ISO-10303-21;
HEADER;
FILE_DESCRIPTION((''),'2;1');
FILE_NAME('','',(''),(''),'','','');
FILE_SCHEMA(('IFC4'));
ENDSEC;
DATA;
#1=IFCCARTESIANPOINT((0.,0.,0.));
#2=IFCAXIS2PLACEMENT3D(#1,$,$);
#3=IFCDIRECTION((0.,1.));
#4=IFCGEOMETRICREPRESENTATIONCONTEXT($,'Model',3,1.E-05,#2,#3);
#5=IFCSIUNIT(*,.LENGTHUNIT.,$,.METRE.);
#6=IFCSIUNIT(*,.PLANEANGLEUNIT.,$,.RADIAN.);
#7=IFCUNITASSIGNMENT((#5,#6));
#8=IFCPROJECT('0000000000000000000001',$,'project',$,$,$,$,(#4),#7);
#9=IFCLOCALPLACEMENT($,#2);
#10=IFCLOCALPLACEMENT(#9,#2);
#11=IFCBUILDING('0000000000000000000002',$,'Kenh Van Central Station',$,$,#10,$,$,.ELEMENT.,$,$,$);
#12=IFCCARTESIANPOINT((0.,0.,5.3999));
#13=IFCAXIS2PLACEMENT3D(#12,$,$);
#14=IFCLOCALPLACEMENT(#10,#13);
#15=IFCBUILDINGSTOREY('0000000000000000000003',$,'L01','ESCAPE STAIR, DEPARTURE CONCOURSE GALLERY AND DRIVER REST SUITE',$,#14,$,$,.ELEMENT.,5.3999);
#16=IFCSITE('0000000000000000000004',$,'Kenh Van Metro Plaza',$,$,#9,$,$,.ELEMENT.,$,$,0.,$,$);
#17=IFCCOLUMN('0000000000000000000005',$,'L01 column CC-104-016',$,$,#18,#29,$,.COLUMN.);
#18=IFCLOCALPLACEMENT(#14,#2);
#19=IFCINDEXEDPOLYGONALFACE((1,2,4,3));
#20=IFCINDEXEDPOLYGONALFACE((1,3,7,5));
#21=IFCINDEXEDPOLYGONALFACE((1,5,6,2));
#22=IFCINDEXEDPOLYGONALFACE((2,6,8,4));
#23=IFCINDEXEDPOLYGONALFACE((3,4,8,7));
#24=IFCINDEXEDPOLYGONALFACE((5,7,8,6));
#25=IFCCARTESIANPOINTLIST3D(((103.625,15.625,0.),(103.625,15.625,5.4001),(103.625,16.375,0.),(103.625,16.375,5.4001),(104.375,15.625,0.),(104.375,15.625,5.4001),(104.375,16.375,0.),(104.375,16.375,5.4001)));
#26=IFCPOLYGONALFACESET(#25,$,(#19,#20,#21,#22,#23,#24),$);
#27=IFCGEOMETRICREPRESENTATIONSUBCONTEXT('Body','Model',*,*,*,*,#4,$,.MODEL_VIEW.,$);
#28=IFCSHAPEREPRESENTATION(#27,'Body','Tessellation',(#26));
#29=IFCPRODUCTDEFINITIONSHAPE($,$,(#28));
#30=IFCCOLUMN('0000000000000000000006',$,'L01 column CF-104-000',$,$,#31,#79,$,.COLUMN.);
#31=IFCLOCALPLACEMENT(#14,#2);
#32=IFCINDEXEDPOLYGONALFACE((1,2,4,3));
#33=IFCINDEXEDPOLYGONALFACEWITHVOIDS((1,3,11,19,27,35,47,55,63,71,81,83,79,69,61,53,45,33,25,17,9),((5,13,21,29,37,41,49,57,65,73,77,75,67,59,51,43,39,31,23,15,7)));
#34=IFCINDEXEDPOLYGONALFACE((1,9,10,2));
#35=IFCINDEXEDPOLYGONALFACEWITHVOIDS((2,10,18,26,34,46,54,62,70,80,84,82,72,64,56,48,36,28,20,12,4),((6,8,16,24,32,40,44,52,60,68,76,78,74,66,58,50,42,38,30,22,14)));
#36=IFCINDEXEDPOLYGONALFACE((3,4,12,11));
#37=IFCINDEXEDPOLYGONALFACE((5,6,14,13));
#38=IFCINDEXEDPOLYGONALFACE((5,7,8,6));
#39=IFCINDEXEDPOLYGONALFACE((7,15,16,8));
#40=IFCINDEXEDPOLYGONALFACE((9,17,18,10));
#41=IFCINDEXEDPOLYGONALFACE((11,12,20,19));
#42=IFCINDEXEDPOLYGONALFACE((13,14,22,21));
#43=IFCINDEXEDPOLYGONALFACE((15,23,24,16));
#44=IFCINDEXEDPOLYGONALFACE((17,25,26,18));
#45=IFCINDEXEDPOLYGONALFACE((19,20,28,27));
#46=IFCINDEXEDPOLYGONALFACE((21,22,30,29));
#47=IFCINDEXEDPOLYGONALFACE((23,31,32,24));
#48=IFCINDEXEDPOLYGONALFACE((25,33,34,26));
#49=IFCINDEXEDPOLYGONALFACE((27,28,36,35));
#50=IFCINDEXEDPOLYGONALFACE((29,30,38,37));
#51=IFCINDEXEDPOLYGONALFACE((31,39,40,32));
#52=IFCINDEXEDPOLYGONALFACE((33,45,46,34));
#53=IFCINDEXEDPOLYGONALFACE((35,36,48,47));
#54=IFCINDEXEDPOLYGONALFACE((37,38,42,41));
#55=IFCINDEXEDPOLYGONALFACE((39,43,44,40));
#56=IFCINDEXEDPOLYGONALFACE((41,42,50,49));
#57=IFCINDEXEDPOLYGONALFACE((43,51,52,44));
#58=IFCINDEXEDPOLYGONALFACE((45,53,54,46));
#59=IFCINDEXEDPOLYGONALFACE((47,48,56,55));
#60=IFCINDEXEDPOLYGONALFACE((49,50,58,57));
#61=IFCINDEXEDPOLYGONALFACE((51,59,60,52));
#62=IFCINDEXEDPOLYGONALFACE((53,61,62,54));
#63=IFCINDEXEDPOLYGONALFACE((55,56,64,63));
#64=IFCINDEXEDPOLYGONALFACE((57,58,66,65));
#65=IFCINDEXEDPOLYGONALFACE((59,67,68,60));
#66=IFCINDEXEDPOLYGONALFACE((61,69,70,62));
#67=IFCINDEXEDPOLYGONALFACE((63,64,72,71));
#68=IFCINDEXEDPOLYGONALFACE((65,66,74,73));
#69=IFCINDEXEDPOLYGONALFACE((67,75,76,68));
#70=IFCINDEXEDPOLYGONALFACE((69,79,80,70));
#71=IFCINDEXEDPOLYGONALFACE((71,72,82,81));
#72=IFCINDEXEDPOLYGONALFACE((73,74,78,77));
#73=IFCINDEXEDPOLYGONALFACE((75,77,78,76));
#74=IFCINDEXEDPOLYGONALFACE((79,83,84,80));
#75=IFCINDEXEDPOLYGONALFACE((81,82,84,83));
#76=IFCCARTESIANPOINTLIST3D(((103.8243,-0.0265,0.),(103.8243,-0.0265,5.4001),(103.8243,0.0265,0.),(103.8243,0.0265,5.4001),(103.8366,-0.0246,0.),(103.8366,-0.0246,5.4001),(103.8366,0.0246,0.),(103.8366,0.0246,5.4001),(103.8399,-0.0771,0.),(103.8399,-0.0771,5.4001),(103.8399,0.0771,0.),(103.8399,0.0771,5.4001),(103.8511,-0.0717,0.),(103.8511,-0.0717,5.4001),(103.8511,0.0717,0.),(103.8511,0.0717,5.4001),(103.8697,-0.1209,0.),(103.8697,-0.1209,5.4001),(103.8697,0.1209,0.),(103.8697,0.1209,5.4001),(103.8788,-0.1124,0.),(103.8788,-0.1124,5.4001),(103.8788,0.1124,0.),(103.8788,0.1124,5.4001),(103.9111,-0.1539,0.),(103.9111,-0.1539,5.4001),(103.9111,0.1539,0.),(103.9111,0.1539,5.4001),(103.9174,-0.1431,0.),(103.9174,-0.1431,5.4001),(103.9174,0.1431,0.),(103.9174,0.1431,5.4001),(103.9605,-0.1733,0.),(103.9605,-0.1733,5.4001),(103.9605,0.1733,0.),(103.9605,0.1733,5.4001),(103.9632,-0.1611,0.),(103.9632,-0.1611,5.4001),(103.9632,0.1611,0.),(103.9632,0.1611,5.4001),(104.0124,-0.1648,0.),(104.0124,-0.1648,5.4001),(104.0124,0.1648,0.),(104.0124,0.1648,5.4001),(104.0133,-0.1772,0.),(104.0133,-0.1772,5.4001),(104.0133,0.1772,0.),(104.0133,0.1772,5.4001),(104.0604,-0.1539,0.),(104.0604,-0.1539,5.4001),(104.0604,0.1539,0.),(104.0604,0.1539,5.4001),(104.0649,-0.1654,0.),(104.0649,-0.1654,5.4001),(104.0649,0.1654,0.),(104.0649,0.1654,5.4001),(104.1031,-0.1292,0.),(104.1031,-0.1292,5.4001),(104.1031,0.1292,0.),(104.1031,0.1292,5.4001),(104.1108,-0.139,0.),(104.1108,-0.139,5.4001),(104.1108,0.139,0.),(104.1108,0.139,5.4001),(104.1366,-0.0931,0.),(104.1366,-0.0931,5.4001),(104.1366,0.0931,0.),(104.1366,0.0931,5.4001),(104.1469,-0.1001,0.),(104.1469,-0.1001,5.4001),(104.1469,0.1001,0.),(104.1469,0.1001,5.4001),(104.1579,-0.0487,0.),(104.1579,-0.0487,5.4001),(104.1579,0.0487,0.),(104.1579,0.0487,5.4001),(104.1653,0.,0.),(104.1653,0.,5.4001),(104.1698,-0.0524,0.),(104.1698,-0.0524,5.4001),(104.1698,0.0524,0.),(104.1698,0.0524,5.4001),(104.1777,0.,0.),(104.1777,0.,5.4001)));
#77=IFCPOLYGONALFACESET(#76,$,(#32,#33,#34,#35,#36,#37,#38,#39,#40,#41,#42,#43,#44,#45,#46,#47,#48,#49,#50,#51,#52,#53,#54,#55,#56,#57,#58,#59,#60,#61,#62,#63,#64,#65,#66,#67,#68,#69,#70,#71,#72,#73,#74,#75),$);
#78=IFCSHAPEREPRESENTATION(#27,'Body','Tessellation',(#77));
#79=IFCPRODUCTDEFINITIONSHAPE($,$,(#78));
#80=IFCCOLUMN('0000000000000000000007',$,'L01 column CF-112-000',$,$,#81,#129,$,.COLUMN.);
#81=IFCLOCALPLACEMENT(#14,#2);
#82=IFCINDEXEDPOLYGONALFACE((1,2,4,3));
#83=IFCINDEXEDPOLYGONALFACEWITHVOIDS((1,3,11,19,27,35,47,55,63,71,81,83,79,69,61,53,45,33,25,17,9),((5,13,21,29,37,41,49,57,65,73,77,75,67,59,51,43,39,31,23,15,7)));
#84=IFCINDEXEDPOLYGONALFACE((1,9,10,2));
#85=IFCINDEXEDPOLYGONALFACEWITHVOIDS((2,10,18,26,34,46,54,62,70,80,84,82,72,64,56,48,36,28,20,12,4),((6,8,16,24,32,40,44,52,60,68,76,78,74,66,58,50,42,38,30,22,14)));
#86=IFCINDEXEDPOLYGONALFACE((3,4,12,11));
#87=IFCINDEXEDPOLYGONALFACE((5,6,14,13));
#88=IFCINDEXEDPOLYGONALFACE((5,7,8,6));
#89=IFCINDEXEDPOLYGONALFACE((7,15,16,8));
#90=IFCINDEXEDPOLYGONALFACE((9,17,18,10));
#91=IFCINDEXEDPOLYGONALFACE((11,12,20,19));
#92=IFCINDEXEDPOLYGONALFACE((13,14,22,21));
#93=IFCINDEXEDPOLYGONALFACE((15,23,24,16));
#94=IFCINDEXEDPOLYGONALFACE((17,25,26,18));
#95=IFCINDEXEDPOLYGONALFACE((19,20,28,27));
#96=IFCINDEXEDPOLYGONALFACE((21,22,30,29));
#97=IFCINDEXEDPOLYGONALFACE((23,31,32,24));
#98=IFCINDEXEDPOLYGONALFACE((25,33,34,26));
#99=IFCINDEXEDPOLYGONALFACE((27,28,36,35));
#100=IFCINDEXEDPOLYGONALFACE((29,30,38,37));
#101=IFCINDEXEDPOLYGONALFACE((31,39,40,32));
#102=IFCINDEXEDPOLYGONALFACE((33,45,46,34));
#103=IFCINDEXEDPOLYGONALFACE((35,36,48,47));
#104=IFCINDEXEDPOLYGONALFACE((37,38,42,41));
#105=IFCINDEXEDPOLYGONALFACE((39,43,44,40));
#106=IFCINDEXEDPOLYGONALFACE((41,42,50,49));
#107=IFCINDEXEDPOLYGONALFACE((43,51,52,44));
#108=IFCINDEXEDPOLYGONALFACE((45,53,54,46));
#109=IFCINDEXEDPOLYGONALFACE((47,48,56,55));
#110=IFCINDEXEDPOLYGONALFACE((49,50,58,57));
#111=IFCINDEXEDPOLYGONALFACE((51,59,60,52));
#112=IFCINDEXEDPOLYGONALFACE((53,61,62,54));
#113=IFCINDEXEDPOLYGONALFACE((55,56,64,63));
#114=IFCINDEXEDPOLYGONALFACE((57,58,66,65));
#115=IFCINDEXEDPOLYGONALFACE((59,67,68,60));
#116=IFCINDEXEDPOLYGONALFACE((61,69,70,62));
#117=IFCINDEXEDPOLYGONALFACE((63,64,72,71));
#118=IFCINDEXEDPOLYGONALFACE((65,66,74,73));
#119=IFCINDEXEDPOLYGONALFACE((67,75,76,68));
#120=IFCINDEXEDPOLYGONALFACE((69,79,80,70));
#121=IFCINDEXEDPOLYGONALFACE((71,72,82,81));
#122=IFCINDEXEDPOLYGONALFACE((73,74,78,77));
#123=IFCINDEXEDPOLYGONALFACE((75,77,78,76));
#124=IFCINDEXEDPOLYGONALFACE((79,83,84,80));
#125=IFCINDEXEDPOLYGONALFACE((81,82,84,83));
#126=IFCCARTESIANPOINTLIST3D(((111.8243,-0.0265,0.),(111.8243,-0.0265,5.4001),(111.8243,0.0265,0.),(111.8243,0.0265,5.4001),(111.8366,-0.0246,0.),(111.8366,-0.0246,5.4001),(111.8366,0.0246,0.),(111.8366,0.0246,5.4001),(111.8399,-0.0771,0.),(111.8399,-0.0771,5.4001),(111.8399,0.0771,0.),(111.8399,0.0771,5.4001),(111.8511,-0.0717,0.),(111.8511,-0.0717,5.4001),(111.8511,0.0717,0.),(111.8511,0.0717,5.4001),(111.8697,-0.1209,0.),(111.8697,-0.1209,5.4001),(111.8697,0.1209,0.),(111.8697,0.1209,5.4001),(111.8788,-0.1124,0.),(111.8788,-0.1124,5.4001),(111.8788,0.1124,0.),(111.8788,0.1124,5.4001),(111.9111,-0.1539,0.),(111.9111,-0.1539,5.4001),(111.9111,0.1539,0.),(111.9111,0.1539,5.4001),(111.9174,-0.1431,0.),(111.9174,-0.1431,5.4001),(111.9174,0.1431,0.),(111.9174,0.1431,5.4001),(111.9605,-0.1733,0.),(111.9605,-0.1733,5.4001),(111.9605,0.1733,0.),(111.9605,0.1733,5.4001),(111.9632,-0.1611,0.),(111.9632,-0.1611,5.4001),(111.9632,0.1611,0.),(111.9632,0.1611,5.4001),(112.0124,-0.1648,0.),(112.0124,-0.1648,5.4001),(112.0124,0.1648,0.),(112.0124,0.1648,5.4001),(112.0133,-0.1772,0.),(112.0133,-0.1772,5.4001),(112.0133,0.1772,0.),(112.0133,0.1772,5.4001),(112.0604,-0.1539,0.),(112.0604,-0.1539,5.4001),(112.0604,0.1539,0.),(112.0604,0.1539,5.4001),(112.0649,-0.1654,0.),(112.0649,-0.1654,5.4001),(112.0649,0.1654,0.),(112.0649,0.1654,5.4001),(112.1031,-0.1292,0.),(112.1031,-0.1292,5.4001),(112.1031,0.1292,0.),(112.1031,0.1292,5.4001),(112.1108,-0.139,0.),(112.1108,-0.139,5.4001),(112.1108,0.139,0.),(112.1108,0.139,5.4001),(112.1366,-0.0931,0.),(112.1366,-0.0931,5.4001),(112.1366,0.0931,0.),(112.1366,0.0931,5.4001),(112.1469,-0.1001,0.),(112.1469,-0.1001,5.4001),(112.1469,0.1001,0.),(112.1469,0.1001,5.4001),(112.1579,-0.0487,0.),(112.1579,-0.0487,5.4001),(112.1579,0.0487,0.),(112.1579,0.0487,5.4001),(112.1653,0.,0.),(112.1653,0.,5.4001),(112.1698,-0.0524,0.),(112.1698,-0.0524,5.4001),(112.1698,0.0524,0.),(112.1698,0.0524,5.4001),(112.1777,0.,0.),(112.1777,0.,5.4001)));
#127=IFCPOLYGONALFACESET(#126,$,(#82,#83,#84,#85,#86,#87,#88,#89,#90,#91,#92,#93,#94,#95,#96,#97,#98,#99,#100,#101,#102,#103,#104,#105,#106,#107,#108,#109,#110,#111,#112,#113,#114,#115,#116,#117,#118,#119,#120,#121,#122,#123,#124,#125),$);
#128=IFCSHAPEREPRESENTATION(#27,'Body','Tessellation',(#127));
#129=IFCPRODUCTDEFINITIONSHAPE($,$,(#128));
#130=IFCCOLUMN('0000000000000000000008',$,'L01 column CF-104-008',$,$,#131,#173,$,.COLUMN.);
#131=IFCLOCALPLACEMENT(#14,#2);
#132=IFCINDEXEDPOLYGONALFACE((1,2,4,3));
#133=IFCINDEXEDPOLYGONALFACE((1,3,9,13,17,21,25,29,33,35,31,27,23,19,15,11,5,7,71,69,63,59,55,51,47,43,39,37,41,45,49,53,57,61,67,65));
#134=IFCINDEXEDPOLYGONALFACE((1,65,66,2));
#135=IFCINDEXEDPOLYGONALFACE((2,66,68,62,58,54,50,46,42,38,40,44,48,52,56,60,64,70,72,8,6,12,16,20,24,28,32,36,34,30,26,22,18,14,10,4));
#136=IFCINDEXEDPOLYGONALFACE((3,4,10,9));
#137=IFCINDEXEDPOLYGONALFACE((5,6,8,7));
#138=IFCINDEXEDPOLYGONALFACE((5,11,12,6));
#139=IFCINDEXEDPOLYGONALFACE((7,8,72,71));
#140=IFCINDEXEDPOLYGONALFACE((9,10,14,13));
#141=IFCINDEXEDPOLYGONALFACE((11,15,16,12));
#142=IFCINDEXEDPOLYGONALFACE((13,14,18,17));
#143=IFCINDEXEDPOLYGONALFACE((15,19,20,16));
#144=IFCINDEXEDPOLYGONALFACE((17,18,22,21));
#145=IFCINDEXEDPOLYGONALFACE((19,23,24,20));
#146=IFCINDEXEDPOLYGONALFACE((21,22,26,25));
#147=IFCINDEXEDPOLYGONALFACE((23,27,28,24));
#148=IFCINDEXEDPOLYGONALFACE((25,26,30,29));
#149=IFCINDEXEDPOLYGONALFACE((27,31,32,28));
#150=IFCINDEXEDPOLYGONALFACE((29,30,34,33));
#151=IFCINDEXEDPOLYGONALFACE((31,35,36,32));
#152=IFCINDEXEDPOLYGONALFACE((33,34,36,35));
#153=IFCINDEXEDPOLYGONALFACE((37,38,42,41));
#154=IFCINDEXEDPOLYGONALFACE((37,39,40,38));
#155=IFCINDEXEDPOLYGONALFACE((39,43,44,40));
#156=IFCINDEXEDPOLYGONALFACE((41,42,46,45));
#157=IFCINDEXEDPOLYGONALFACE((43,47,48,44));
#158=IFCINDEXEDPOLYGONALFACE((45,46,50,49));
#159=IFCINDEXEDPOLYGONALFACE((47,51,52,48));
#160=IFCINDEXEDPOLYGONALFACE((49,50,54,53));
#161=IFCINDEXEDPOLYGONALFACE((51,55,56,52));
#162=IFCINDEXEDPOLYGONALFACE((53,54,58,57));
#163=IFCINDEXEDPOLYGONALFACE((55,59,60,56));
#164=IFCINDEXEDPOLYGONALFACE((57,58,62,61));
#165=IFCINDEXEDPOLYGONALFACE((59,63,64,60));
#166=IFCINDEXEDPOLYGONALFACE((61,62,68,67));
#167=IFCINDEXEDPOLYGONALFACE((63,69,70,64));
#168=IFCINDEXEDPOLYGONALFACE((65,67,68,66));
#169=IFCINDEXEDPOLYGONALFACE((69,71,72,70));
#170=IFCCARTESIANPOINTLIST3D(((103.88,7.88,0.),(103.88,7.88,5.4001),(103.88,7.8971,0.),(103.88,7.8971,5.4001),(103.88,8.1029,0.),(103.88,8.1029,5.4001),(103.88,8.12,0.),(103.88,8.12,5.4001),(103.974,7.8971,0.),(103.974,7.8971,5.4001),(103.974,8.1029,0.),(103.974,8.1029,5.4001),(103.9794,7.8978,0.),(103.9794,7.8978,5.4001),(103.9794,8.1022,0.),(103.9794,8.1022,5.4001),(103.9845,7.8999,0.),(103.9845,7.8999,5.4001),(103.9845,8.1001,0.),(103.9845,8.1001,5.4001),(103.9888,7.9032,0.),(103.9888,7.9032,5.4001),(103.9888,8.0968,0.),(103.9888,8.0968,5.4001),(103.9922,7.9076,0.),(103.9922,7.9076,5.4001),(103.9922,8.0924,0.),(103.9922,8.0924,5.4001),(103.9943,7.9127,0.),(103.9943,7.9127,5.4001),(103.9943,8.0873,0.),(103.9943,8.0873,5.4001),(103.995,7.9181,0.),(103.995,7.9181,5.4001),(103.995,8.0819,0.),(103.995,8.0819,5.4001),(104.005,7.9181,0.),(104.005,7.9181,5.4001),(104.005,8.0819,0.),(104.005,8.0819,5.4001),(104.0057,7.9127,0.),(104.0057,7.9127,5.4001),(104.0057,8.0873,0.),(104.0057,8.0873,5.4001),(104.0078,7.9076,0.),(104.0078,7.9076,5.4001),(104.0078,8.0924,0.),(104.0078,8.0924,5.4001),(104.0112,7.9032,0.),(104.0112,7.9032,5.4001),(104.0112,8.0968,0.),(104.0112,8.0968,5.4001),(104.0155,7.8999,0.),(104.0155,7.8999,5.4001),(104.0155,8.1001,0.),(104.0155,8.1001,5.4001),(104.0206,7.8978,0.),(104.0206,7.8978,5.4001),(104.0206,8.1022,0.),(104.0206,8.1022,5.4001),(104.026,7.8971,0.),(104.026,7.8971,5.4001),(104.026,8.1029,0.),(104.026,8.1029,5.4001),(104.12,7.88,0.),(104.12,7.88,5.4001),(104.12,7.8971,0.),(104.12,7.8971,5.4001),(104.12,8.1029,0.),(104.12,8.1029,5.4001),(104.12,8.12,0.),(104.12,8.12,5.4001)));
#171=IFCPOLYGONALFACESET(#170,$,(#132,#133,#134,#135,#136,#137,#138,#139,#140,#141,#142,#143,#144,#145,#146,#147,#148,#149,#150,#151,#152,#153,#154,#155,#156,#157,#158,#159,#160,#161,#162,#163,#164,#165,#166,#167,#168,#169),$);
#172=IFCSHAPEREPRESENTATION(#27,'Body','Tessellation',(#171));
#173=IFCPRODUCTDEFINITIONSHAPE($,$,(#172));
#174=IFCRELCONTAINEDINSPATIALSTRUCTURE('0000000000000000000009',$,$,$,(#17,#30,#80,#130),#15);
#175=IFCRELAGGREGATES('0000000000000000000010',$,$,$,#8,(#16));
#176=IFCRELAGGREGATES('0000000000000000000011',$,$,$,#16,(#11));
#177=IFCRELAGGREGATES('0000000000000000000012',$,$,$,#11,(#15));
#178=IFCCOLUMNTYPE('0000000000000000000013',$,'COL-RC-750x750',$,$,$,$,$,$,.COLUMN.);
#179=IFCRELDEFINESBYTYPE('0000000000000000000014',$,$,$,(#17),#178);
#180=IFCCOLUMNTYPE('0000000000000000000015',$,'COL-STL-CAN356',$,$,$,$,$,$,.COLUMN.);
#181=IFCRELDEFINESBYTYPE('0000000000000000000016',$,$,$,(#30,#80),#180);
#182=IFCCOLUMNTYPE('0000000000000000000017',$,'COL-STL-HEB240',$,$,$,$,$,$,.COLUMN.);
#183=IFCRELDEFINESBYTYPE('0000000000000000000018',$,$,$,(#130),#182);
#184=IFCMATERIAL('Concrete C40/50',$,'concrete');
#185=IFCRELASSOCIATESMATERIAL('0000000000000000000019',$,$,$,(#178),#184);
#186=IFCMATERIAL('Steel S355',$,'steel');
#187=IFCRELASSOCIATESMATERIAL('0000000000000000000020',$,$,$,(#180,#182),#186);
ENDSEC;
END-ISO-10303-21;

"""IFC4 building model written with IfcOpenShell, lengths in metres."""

from ifc_helpers import new_model, si_unit, direction, frame, origin, origin_2d, place, context, subcontext, project, spatial, rectangle, hollow_circle, i_section, extrude, material, material_profile, profile_set, type_object, element, save


model = new_model("IFC4")

# Units and contexts
model_context = context("Model", 3, precision=1e-05, world=origin(), true_north=direction((0.0, 1.0)))
body_context = subcontext(model_context, "Body", "Model", "MODEL_VIEW")
ifc_project = project(units=[si_unit("LENGTHUNIT", "METRE"), si_unit("PLANEANGLEUNIT", "RADIAN")], contexts=[model_context])

# Site, building, storey
site_placement = place(None, origin())
site = spatial("IfcSite", under=ifc_project, at=site_placement, Name="Kenh Van Metro Plaza", CompositionType="ELEMENT", RefElevation=0.0)
building_placement = place(site_placement, origin())
building = spatial("IfcBuilding", under=site, at=building_placement, Name="Kenh Van Central Station", CompositionType="ELEMENT")
storey_placement = place(building_placement, frame((0.0, 0.0, 5.3999)))
storey = spatial("IfcBuildingStorey", under=building, at=storey_placement, Name="L01", Description="ESCAPE STAIR, DEPARTURE CONCOURSE GALLERY AND DRIVER REST SUITE", CompositionType="ELEMENT", Elevation=5.3999)

# Columns
ifc_material_1 = material(Name="Concrete C40/50", Category="concrete")
ifc_material_profile_1 = material_profile(ifc_material_1, rectangle(XDim=0.75, YDim=0.75, at=origin_2d()), Name="RC 750x750")
ifc_profile_set_1 = profile_set([ifc_material_profile_1], Name="Concrete C40/50")
column_type_1 = type_object("IfcColumnType", Name="COL-RC-750x750", PredefinedType="COLUMN", material=ifc_profile_set_1)
column_placement = place(storey_placement, frame((104.0, 16.0, 0.0), z_axis=(0.0, 0.0, 1.0), x_axis=(1.0, 0.0, 0.0)))
element("IfcColumn", 1, at=column_placement, inside=storey, type_object=column_type_1, Name="L01 column CC-104-016", PredefinedType="COLUMN", context=body_context, shape_type="SweptSolid", body=[
    extrude(rectangle(XDim=0.75, YDim=0.75, at=origin_2d()), origin(), (0.0, 0.0, 1.0), 5.4001),
])
ifc_material_2 = material(Name="Steel S355", Category="steel")
ifc_material_profile_2 = material_profile(ifc_material_2, hollow_circle(Radius=0.1777, WallThickness=0.0125, at=origin_2d()), Name="CHS 355.6x12.5")
ifc_profile_set_2 = profile_set([ifc_material_profile_2], Name="Steel S355")
column_type_2 = type_object("IfcColumnType", Name="COL-STL-CAN356", PredefinedType="COLUMN", material=ifc_profile_set_2)
for number, where, z_axis, x_axis, name in (
    (2, (104.0, 0.0, 0.0), (0.0, 0.0, 1.0), (1.0, 0.0, 0.0), "L01 column CF-104-000"),
    (3, (112.0, 0.0, 0.0), (0.0, 0.0, 1.0), (1.0, 0.0, 0.0), "L01 column CF-112-000"),
):
    element("IfcColumn", number, at=place(storey_placement, frame(where, z_axis=z_axis, x_axis=x_axis)), inside=storey, type_object=column_type_2, Name=name, PredefinedType="COLUMN", context=body_context, shape_type="SweptSolid", body=[
        extrude(hollow_circle(Radius=0.1777, WallThickness=0.0125, at=origin_2d()), origin(), (0.0, 0.0, 1.0), 5.4001),
    ])
ifc_material_profile_3 = material_profile(ifc_material_2, i_section(OverallWidth=0.24, OverallDepth=0.24, WebThickness=0.01, FlangeThickness=0.0171, FilletRadius=0.021, at=origin_2d()), Name="HEB 240")
ifc_profile_set_3 = profile_set([ifc_material_profile_3], Name="Steel S355")
column_type_3 = type_object("IfcColumnType", Name="COL-STL-HEB240", PredefinedType="COLUMN", material=ifc_profile_set_3)
for number, where, z_axis, x_axis, name in (
    (4, (104.0, 8.0, 0.0), (0.0, 0.0, 1.0), (1.0, 0.0, 0.0), "L01 column CF-104-008"),
):
    element("IfcColumn", number, at=place(storey_placement, frame(where, z_axis=z_axis, x_axis=x_axis)), inside=storey, type_object=column_type_3, Name=name, PredefinedType="COLUMN", context=body_context, shape_type="SweptSolid", body=[
        extrude(i_section(OverallWidth=0.24, OverallDepth=0.24, WebThickness=0.01, FlangeThickness=0.0171, FilletRadius=0.021, at=origin_2d()), origin(), (0.0, 0.0, 1.0), 5.4001),
    ])

save(model, "model.ifc")
